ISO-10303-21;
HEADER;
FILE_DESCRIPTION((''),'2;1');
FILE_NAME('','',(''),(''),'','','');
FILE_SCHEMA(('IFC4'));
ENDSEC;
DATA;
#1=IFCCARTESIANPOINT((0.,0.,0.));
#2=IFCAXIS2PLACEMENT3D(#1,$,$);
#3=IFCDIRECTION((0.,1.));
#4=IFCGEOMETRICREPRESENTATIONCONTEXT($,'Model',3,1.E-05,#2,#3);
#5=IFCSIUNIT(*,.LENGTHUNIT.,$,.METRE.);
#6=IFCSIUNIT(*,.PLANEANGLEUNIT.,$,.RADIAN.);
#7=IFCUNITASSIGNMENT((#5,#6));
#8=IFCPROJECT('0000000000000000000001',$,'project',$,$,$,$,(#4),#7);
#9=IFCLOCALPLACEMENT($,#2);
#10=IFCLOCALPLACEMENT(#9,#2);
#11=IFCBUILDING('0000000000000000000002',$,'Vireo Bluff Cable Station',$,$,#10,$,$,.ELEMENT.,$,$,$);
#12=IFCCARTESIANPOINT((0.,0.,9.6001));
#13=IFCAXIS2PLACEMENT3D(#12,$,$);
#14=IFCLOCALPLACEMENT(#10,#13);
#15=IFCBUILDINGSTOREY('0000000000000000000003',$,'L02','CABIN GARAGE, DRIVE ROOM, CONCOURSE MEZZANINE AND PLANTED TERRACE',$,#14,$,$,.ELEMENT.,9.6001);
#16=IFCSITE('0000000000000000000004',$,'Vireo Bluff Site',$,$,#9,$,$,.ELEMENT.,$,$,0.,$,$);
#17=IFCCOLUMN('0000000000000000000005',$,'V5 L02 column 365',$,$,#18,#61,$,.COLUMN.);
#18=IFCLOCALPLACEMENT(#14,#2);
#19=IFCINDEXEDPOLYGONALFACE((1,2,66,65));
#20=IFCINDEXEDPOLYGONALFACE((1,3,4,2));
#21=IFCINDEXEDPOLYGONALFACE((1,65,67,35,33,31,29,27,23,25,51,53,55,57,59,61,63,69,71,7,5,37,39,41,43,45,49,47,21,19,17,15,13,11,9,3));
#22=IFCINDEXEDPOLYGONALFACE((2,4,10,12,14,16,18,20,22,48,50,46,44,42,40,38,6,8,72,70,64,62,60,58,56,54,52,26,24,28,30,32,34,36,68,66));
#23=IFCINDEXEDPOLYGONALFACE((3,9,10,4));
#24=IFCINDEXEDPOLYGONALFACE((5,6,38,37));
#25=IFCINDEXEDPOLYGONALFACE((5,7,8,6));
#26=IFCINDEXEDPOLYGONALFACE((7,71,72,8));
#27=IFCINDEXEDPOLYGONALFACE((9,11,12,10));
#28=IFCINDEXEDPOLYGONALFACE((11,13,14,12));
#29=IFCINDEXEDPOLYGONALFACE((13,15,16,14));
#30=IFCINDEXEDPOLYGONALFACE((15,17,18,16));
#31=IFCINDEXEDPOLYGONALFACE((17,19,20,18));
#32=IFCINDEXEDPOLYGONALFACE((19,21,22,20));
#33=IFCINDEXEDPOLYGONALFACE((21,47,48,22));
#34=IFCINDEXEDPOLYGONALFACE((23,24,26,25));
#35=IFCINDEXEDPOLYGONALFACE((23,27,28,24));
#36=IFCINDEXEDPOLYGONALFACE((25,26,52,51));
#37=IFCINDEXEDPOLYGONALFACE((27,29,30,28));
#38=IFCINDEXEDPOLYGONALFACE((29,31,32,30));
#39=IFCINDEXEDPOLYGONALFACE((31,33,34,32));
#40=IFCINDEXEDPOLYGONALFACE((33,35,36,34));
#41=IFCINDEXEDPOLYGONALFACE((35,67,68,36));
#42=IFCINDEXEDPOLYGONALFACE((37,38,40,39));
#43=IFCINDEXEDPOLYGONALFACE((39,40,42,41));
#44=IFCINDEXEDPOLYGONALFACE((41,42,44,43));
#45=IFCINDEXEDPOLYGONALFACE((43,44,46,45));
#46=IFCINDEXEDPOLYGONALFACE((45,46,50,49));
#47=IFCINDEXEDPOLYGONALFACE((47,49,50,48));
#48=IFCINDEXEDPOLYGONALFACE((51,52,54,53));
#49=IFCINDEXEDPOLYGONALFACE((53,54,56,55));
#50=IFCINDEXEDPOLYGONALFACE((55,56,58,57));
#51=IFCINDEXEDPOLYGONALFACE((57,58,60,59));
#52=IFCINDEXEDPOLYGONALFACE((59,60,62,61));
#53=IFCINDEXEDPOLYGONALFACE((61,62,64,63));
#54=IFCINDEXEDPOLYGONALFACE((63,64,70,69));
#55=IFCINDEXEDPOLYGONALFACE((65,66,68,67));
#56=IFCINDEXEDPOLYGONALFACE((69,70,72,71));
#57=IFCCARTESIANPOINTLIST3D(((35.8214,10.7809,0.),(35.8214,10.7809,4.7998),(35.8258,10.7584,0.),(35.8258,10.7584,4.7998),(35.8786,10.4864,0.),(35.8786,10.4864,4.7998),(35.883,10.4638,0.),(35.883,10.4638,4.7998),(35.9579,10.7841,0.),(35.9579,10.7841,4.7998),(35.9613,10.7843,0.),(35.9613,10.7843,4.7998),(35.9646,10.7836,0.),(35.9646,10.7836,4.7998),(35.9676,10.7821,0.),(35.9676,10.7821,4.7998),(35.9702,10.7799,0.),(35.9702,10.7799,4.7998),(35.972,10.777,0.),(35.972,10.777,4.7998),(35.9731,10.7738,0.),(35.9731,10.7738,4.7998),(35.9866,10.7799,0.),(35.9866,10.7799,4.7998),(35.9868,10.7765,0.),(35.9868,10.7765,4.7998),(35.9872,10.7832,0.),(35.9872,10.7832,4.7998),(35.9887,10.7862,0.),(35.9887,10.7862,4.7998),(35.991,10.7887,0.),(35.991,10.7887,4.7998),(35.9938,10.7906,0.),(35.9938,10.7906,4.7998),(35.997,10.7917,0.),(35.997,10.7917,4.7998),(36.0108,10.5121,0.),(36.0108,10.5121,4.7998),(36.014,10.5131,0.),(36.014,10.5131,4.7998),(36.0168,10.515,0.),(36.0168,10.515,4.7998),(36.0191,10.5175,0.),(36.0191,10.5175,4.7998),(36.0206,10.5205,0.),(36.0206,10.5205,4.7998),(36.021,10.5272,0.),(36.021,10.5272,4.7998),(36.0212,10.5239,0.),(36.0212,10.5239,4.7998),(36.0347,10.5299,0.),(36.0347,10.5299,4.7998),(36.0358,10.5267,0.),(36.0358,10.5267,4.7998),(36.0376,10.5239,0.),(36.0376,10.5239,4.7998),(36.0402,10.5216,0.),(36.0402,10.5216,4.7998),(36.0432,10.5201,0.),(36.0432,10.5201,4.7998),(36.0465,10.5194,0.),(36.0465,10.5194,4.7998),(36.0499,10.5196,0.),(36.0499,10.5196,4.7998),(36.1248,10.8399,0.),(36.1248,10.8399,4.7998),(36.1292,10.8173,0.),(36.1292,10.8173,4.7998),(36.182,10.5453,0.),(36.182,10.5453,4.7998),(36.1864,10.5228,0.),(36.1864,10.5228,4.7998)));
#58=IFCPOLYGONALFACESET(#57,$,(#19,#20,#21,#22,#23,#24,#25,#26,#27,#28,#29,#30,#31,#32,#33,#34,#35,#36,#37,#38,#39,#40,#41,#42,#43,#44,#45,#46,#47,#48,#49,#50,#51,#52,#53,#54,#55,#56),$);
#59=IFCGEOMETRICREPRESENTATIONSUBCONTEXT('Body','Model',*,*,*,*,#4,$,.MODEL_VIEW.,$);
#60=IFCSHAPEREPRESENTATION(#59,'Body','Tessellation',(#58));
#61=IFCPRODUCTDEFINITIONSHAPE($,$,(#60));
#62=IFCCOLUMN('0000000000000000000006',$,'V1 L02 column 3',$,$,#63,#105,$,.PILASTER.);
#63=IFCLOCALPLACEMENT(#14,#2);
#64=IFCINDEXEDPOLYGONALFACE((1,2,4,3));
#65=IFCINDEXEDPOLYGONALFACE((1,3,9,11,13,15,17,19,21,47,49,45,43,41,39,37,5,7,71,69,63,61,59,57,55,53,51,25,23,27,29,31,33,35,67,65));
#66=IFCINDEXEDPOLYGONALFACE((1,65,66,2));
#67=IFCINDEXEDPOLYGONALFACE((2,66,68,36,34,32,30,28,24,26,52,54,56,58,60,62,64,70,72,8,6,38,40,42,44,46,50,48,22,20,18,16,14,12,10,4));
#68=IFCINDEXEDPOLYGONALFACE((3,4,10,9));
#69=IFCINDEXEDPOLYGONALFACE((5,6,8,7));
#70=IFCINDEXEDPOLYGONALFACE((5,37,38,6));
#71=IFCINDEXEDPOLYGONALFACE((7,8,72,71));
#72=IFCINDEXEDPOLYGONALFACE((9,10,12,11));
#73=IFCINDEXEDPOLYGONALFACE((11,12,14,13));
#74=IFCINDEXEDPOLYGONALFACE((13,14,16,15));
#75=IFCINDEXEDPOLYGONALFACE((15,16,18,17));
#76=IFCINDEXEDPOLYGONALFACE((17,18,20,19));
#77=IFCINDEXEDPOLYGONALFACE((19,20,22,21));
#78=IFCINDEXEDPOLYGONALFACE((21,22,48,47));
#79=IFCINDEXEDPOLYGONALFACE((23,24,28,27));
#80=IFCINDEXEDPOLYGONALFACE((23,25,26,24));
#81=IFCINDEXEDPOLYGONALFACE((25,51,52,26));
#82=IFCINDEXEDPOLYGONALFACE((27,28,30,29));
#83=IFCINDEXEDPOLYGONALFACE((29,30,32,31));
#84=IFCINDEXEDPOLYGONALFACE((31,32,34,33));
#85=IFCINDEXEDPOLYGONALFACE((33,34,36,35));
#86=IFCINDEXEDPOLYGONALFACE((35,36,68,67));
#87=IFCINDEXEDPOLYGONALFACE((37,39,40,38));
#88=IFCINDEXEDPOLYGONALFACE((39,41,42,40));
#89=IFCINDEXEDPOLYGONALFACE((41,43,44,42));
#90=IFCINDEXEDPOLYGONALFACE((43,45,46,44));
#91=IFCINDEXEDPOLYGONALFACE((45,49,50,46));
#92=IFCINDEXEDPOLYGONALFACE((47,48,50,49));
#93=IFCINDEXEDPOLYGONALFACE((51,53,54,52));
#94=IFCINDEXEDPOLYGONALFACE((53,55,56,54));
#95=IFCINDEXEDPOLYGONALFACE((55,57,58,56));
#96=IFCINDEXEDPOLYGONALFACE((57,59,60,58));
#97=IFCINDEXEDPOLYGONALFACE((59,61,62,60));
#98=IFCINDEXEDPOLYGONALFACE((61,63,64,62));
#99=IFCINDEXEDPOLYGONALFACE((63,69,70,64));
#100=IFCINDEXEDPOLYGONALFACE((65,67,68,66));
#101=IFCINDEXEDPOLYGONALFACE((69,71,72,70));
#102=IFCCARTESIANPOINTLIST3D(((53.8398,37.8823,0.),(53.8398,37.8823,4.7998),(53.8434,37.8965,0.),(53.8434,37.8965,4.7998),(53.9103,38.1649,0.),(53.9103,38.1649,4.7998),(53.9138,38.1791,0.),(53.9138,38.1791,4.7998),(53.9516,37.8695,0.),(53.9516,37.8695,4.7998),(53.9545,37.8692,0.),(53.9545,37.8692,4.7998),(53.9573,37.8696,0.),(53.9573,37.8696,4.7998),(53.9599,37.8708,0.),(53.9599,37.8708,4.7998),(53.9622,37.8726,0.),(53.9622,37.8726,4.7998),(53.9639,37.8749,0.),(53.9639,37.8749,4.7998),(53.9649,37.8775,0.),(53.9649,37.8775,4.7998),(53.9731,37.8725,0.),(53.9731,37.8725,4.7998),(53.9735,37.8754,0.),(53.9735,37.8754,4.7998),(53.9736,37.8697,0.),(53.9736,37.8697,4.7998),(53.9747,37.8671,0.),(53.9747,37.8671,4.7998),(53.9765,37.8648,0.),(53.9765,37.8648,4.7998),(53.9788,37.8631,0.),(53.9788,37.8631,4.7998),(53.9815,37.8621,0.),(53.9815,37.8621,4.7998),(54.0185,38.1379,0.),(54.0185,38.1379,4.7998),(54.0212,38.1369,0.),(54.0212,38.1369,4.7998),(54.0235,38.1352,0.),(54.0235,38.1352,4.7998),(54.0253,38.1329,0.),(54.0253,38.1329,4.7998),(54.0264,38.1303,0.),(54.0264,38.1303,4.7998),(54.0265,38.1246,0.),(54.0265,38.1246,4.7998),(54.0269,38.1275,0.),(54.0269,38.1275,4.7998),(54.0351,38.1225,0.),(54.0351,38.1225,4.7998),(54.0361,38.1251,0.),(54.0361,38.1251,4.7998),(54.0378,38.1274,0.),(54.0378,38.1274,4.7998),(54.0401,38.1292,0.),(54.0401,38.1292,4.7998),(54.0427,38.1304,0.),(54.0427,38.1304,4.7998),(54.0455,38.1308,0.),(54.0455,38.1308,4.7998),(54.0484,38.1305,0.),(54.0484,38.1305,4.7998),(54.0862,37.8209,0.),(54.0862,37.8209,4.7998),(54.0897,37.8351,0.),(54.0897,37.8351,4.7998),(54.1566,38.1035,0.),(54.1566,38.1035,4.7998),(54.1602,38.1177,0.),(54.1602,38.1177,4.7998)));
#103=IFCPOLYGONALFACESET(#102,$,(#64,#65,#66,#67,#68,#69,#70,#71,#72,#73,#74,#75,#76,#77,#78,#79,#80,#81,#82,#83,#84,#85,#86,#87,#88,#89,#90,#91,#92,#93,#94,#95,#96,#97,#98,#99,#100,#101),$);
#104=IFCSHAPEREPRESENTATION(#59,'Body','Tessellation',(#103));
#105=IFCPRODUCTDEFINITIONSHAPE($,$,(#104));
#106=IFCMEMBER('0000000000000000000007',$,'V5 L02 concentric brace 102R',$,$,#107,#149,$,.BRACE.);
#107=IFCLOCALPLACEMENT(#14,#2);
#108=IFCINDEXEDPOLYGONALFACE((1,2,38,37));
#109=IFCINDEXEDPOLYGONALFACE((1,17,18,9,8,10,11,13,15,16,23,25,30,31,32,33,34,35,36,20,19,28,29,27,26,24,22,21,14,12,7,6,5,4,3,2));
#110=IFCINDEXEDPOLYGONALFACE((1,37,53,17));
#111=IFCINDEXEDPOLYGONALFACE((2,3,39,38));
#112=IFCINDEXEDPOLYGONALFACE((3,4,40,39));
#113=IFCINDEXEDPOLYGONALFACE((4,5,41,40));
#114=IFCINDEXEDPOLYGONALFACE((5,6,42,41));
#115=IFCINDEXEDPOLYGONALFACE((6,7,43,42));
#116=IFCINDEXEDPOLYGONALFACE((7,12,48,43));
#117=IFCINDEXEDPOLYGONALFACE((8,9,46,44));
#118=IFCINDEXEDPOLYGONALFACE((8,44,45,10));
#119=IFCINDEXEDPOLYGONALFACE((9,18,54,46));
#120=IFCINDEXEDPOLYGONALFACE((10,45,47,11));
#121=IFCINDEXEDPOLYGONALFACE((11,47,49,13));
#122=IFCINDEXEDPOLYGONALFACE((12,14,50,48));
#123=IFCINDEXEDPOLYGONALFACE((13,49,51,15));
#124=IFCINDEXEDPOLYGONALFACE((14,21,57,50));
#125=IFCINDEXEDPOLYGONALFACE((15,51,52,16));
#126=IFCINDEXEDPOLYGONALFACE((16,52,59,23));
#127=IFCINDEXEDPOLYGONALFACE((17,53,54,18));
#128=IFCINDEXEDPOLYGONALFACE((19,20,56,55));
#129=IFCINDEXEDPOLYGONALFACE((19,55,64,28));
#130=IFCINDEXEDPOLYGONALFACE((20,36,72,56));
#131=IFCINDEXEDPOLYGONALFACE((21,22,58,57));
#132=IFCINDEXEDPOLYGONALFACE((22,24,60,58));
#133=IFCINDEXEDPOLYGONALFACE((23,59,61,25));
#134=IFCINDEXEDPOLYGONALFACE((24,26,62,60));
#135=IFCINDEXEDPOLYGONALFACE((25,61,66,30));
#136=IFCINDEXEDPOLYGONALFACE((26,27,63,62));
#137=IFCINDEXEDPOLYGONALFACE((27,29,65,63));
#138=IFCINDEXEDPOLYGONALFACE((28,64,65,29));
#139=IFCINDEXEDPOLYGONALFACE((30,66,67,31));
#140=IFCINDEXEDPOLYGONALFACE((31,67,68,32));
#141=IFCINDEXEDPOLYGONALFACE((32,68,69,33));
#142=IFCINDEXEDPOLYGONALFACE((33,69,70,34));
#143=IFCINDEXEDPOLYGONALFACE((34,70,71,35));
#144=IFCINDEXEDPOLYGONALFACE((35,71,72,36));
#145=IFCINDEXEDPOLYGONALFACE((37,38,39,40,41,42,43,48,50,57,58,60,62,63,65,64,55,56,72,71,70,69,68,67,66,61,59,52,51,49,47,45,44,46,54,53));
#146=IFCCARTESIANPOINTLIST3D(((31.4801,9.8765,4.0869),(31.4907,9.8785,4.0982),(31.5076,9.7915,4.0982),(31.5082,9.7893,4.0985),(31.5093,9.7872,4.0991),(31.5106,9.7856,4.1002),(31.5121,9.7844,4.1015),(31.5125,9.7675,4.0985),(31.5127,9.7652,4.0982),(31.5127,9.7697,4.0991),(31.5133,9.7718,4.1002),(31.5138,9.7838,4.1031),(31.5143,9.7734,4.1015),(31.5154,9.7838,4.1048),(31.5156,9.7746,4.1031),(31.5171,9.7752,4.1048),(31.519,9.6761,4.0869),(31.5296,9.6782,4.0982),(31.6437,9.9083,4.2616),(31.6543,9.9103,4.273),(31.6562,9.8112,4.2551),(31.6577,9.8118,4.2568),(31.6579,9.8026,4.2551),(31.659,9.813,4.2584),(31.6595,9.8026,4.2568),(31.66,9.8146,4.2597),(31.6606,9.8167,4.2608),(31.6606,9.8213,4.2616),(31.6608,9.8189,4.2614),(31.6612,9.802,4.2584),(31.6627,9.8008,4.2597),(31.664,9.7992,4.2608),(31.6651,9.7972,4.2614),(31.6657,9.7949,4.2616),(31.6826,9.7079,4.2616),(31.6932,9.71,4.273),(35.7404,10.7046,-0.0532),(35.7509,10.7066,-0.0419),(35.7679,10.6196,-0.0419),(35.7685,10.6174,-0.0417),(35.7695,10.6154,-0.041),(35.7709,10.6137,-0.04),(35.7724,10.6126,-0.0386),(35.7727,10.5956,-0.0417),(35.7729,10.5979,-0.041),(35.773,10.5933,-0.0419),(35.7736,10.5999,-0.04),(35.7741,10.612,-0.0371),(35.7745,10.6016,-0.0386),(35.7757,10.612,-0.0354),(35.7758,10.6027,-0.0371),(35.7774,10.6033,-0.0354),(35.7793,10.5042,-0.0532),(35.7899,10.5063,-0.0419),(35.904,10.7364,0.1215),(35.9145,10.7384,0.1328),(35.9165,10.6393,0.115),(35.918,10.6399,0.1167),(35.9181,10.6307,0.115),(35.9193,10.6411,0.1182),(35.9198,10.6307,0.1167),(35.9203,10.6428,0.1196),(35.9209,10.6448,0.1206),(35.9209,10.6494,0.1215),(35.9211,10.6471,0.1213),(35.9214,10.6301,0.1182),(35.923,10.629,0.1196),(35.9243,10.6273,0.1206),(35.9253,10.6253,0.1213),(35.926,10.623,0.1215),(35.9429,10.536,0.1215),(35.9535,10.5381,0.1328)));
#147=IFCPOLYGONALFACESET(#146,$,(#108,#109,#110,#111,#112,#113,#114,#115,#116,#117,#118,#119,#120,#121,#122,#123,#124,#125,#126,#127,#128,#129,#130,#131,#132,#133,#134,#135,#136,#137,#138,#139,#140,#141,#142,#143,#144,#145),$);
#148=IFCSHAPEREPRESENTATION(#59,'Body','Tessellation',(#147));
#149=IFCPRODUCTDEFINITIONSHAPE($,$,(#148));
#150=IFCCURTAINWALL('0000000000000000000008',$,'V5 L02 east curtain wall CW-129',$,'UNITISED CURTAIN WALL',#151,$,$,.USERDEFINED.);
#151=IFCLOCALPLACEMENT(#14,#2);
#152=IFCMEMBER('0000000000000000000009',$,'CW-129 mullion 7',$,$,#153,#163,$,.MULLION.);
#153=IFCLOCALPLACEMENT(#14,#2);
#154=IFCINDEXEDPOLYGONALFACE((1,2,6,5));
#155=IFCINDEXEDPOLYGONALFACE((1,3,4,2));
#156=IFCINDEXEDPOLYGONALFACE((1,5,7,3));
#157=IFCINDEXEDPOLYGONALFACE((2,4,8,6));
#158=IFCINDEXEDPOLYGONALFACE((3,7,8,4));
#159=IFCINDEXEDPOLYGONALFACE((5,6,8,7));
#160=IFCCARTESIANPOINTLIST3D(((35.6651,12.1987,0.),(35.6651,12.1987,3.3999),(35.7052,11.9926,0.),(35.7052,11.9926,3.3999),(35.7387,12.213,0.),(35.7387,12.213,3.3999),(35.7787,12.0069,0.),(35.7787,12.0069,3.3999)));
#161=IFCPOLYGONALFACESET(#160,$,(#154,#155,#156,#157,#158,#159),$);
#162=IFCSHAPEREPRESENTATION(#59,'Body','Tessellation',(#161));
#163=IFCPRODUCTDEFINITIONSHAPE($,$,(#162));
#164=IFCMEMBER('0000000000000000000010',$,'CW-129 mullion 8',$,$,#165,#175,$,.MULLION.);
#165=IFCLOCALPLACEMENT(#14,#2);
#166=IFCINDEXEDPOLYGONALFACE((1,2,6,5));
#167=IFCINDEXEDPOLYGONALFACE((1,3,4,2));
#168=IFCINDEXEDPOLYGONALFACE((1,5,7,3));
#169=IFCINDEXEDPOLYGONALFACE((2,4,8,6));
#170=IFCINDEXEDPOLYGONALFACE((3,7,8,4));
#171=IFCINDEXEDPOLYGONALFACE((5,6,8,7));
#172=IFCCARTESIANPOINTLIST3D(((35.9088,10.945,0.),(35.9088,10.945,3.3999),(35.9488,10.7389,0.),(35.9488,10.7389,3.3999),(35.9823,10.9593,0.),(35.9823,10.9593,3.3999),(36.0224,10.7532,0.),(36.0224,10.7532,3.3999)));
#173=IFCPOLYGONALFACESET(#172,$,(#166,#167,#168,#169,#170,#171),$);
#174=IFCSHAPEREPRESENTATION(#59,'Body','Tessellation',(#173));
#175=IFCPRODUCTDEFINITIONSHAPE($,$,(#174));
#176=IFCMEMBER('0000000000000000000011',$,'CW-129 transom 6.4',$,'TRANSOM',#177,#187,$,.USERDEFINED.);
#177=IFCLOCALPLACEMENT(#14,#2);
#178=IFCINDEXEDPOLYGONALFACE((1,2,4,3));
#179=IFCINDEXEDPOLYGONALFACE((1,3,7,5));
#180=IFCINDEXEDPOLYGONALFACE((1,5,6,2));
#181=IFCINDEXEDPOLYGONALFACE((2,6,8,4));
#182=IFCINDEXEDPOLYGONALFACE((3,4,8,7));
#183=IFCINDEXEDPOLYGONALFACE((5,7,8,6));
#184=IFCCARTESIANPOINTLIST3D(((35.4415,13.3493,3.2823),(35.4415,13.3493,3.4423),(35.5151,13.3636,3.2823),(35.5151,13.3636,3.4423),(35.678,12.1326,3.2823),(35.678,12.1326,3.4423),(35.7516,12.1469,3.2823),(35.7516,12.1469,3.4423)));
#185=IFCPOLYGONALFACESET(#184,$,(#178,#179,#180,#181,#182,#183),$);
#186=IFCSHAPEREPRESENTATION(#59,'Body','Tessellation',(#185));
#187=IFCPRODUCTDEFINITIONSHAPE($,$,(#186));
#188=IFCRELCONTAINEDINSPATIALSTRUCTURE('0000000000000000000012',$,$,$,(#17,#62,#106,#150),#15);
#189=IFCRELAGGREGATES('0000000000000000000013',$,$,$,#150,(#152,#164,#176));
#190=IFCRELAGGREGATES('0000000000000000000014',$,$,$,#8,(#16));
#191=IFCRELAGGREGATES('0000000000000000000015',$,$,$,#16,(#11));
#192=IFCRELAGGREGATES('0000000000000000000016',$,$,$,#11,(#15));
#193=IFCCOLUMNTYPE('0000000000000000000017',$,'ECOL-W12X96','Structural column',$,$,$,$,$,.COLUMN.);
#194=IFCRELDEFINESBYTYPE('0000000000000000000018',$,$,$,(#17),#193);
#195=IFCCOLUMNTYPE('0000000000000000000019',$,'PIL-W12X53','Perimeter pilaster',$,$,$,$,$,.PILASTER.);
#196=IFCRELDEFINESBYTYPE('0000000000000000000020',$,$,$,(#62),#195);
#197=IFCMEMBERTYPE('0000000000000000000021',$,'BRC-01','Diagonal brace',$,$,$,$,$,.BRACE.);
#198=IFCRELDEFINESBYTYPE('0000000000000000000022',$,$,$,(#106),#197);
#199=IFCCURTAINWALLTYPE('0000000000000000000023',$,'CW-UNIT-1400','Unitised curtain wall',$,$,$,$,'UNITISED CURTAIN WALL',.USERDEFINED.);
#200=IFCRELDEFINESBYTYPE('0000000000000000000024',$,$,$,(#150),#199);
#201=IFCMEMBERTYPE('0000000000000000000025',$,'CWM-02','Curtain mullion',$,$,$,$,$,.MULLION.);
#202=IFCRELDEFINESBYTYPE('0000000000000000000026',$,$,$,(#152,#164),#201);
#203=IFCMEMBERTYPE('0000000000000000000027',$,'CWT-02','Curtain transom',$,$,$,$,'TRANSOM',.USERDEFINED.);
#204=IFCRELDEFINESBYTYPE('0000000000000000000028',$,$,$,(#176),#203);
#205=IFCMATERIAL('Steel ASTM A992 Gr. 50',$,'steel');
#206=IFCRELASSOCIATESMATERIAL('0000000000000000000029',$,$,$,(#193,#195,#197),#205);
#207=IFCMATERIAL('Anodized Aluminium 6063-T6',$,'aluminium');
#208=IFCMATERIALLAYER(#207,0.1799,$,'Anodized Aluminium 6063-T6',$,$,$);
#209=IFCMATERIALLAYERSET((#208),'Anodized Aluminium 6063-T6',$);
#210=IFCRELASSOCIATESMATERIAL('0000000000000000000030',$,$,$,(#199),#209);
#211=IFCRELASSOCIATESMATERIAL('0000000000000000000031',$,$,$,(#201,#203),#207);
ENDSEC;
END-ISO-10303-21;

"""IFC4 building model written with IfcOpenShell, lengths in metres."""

from ifc_helpers import new_model, si_unit, direction, frame, origin, origin_2d, place, context, subcontext, project, spatial, rectangle, i_section, extrude, material, layer, layer_set, material_profile, profile_set, type_object, element, aggregate, save


model = new_model("IFC4")

# Units and contexts
model_context = context("Model", 3, precision=1e-05, world=origin(), true_north=direction((0.0, 1.0)))
body_context = subcontext(model_context, "Body", "Model", "MODEL_VIEW")
ifc_project = project(units=[si_unit("LENGTHUNIT", "METRE"), si_unit("PLANEANGLEUNIT", "RADIAN")], contexts=[model_context])

# Site, building, storey
site_placement = place(None, origin())
site = spatial("IfcSite", under=ifc_project, at=site_placement, Name="Vireo Bluff Site", CompositionType="ELEMENT", RefElevation=0.0)
building_placement = place(site_placement, origin())
building = spatial("IfcBuilding", under=site, at=building_placement, Name="Vireo Bluff Cable Station", CompositionType="ELEMENT")
storey_placement = place(building_placement, frame((0.0, 0.0, 9.6001)))
storey = spatial("IfcBuildingStorey", under=building, at=storey_placement, Name="L02", Description="CABIN GARAGE, DRIVE ROOM, CONCOURSE MEZZANINE AND PLANTED TERRACE", CompositionType="ELEMENT", Elevation=9.6001)

# Columns
ifc_material_1 = material(Name="Steel ASTM A992 Gr. 50", Category="steel")
ifc_material_profile_1 = material_profile(ifc_material_1, i_section(OverallWidth=0.3091, OverallDepth=0.323, WebThickness=0.0139, FlangeThickness=0.0229, FilletRadius=0.0129, at=origin_2d()), Name="W12X96")
ifc_profile_set_1 = profile_set([ifc_material_profile_1], Name="Steel ASTM A992 Gr. 50")
column_type_1 = type_object("IfcColumnType", Name="ECOL-W12X96", Description="Structural column", PredefinedType="COLUMN", material=ifc_profile_set_1)
column_1_placement = place(storey_placement, frame((36.0039, 10.6519, 0.0), z_axis=(0.0, 0.0, 1.0), x_axis=(0.981627, 0.190809, 0.0)))
element("IfcColumn", 1, at=column_1_placement, inside=storey, type_object=column_type_1, Name="V5 L02 column 365", PredefinedType="COLUMN", context=body_context, shape_type="SweptSolid", body=[
    extrude(i_section(OverallWidth=0.3091, OverallDepth=0.323, WebThickness=0.0139, FlangeThickness=0.0229, FilletRadius=0.0129, at=origin_2d()), origin(), (0.0, 0.0, 1.0), 4.7998),
])
ifc_material_profile_2 = material_profile(ifc_material_1, i_section(OverallWidth=0.2539, OverallDepth=0.3059, WebThickness=0.0088, FlangeThickness=0.0146, FilletRadius=0.011, at=origin_2d()), Name="W12X53")
ifc_profile_set_2 = profile_set([ifc_material_profile_2], Name="Steel ASTM A992 Gr. 50")
column_type_2 = type_object("IfcColumnType", Name="PIL-W12X53", Description="Perimeter pilaster", PredefinedType="PILASTER", material=ifc_profile_set_2)
column_2_placement = place(storey_placement, frame((54.0, 38.0, 0.0), z_axis=(0.0, 0.0, 1.0), x_axis=(0.970296, -0.241922, 0.0)))
element("IfcColumn", 2, at=column_2_placement, inside=storey, type_object=column_type_2, Name="V1 L02 column 3", PredefinedType="PILASTER", context=body_context, shape_type="SweptSolid", body=[
    extrude(i_section(OverallWidth=0.2539, OverallDepth=0.3059, WebThickness=0.0088, FlangeThickness=0.0146, FilletRadius=0.011, at=origin_2d()), origin(), (0.0, 0.0, 1.0), 4.7998),
])

# Member
ifc_material_profile_3 = material_profile(ifc_material_1, i_section(OverallWidth=0.2041, OverallDepth=0.2571, WebThickness=0.0088, FlangeThickness=0.0156, FilletRadius=0.009, at=origin_2d()), Name="W10X45")
ifc_profile_set_3 = profile_set([ifc_material_profile_3], Name="Steel ASTM A992 Gr. 50")
member_type_1 = type_object("IfcMemberType", Name="BRC-01", Description="Diagonal brace", PredefinedType="BRACE", material=ifc_profile_set_3)
member_1_placement = place(storey_placement, frame((35.8469, 10.6213, 0.0398), z_axis=(-0.710276, -0.138066, 0.69025), x_axis=(0.190812, -0.981627, 0.0)))
element("IfcMember", 3, at=member_1_placement, inside=storey, type_object=member_type_1, Name="V5 L02 concentric brace 102R", PredefinedType="BRACE", context=body_context, shape_type="SweptSolid", body=[
    extrude(i_section(OverallWidth=0.2041, OverallDepth=0.2571, WebThickness=0.0088, FlangeThickness=0.0156, FilletRadius=0.009, at=origin_2d()), origin(), (0.0, 0.0, 1.0), 5.998),
])

# Curtain wall, members
ifc_material_2 = material(Name="Anodized Aluminium 6063-T6", Category="aluminium")
ifc_layer_1 = layer(ifc_material_2, 0.1799, Name="Anodized Aluminium 6063-T6")
ifc_layer_set_1 = layer_set([ifc_layer_1], Name="Anodized Aluminium 6063-T6")
curtain_wall_type = type_object("IfcCurtainWallType", Name="CW-UNIT-1400", Description="Unitised curtain wall", ElementType="UNITISED CURTAIN WALL", PredefinedType="USERDEFINED", material=ifc_layer_set_1)
curtain_wall_placement = place(storey_placement, origin())
curtain_wall = element("IfcCurtainWall", 4, at=curtain_wall_placement, inside=storey, type_object=curtain_wall_type, Name="V5 L02 east curtain wall CW-129", ObjectType="UNITISED CURTAIN WALL", PredefinedType="USERDEFINED")
ifc_material_profile_4 = material_profile(ifc_material_2, rectangle(XDim=0.075, YDim=0.21, at=origin_2d()), Name="ALU-M-75X210")
ifc_profile_set_4 = profile_set([ifc_material_profile_4], Name="Anodized Aluminium 6063-T6")
member_type_2 = type_object("IfcMemberType", Name="CWM-02", Description="Curtain mullion", PredefinedType="MULLION", material=ifc_profile_set_4)
member_2_placement = place(storey_placement, frame((35.7219, 12.1028, 0.0), z_axis=(0.0, 0.0, 1.0), x_axis=(0.981627, 0.190809, 0.0)))
member_2 = element("IfcMember", 5, at=member_2_placement, type_object=member_type_2, Name="CW-129 mullion 7", PredefinedType="MULLION", context=body_context, shape_type="SweptSolid", body=[
    extrude(rectangle(XDim=0.075, YDim=0.21, at=origin_2d()), origin(), (0.0, 0.0, 1.0), 3.3999),
])
member_3_placement = place(storey_placement, frame((35.9656, 10.8491, 0.0), z_axis=(0.0, 0.0, 1.0), x_axis=(0.981627, 0.190809, 0.0)))
member_3 = element("IfcMember", 6, at=member_3_placement, type_object=member_type_2, Name="CW-129 mullion 8", PredefinedType="MULLION", context=body_context, shape_type="SweptSolid", body=[
    extrude(rectangle(XDim=0.075, YDim=0.21, at=origin_2d()), origin(), (0.0, 0.0, 1.0), 3.3999),
])
ifc_material_profile_5 = material_profile(ifc_material_2, rectangle(XDim=0.075, YDim=0.1599, at=origin_2d()), Name="ALU-T-75X160")
ifc_profile_set_5 = profile_set([ifc_material_profile_5], Name="Anodized Aluminium 6063-T6")
member_type_3 = type_object("IfcMemberType", Name="CWT-02", Description="Curtain transom", ElementType="TRANSOM", PredefinedType="USERDEFINED", material=ifc_profile_set_5)
member_4_placement = place(storey_placement, frame((35.4783, 13.3564, 3.3623), z_axis=(0.190849, -0.981619, 0.0), x_axis=(0.981619, 0.190849, 0.0)))
member_4 = element("IfcMember", 7, at=member_4_placement, type_object=member_type_3, Name="CW-129 transom 6.4", ObjectType="TRANSOM", PredefinedType="USERDEFINED", context=body_context, shape_type="SweptSolid", body=[
    extrude(rectangle(XDim=0.075, YDim=0.1599, at=origin_2d()), origin(), (0.0, 0.0, 1.0), 1.2395),
])

aggregate(curtain_wall, [member_2, member_3, member_4])

save(model, "model.ifc")
